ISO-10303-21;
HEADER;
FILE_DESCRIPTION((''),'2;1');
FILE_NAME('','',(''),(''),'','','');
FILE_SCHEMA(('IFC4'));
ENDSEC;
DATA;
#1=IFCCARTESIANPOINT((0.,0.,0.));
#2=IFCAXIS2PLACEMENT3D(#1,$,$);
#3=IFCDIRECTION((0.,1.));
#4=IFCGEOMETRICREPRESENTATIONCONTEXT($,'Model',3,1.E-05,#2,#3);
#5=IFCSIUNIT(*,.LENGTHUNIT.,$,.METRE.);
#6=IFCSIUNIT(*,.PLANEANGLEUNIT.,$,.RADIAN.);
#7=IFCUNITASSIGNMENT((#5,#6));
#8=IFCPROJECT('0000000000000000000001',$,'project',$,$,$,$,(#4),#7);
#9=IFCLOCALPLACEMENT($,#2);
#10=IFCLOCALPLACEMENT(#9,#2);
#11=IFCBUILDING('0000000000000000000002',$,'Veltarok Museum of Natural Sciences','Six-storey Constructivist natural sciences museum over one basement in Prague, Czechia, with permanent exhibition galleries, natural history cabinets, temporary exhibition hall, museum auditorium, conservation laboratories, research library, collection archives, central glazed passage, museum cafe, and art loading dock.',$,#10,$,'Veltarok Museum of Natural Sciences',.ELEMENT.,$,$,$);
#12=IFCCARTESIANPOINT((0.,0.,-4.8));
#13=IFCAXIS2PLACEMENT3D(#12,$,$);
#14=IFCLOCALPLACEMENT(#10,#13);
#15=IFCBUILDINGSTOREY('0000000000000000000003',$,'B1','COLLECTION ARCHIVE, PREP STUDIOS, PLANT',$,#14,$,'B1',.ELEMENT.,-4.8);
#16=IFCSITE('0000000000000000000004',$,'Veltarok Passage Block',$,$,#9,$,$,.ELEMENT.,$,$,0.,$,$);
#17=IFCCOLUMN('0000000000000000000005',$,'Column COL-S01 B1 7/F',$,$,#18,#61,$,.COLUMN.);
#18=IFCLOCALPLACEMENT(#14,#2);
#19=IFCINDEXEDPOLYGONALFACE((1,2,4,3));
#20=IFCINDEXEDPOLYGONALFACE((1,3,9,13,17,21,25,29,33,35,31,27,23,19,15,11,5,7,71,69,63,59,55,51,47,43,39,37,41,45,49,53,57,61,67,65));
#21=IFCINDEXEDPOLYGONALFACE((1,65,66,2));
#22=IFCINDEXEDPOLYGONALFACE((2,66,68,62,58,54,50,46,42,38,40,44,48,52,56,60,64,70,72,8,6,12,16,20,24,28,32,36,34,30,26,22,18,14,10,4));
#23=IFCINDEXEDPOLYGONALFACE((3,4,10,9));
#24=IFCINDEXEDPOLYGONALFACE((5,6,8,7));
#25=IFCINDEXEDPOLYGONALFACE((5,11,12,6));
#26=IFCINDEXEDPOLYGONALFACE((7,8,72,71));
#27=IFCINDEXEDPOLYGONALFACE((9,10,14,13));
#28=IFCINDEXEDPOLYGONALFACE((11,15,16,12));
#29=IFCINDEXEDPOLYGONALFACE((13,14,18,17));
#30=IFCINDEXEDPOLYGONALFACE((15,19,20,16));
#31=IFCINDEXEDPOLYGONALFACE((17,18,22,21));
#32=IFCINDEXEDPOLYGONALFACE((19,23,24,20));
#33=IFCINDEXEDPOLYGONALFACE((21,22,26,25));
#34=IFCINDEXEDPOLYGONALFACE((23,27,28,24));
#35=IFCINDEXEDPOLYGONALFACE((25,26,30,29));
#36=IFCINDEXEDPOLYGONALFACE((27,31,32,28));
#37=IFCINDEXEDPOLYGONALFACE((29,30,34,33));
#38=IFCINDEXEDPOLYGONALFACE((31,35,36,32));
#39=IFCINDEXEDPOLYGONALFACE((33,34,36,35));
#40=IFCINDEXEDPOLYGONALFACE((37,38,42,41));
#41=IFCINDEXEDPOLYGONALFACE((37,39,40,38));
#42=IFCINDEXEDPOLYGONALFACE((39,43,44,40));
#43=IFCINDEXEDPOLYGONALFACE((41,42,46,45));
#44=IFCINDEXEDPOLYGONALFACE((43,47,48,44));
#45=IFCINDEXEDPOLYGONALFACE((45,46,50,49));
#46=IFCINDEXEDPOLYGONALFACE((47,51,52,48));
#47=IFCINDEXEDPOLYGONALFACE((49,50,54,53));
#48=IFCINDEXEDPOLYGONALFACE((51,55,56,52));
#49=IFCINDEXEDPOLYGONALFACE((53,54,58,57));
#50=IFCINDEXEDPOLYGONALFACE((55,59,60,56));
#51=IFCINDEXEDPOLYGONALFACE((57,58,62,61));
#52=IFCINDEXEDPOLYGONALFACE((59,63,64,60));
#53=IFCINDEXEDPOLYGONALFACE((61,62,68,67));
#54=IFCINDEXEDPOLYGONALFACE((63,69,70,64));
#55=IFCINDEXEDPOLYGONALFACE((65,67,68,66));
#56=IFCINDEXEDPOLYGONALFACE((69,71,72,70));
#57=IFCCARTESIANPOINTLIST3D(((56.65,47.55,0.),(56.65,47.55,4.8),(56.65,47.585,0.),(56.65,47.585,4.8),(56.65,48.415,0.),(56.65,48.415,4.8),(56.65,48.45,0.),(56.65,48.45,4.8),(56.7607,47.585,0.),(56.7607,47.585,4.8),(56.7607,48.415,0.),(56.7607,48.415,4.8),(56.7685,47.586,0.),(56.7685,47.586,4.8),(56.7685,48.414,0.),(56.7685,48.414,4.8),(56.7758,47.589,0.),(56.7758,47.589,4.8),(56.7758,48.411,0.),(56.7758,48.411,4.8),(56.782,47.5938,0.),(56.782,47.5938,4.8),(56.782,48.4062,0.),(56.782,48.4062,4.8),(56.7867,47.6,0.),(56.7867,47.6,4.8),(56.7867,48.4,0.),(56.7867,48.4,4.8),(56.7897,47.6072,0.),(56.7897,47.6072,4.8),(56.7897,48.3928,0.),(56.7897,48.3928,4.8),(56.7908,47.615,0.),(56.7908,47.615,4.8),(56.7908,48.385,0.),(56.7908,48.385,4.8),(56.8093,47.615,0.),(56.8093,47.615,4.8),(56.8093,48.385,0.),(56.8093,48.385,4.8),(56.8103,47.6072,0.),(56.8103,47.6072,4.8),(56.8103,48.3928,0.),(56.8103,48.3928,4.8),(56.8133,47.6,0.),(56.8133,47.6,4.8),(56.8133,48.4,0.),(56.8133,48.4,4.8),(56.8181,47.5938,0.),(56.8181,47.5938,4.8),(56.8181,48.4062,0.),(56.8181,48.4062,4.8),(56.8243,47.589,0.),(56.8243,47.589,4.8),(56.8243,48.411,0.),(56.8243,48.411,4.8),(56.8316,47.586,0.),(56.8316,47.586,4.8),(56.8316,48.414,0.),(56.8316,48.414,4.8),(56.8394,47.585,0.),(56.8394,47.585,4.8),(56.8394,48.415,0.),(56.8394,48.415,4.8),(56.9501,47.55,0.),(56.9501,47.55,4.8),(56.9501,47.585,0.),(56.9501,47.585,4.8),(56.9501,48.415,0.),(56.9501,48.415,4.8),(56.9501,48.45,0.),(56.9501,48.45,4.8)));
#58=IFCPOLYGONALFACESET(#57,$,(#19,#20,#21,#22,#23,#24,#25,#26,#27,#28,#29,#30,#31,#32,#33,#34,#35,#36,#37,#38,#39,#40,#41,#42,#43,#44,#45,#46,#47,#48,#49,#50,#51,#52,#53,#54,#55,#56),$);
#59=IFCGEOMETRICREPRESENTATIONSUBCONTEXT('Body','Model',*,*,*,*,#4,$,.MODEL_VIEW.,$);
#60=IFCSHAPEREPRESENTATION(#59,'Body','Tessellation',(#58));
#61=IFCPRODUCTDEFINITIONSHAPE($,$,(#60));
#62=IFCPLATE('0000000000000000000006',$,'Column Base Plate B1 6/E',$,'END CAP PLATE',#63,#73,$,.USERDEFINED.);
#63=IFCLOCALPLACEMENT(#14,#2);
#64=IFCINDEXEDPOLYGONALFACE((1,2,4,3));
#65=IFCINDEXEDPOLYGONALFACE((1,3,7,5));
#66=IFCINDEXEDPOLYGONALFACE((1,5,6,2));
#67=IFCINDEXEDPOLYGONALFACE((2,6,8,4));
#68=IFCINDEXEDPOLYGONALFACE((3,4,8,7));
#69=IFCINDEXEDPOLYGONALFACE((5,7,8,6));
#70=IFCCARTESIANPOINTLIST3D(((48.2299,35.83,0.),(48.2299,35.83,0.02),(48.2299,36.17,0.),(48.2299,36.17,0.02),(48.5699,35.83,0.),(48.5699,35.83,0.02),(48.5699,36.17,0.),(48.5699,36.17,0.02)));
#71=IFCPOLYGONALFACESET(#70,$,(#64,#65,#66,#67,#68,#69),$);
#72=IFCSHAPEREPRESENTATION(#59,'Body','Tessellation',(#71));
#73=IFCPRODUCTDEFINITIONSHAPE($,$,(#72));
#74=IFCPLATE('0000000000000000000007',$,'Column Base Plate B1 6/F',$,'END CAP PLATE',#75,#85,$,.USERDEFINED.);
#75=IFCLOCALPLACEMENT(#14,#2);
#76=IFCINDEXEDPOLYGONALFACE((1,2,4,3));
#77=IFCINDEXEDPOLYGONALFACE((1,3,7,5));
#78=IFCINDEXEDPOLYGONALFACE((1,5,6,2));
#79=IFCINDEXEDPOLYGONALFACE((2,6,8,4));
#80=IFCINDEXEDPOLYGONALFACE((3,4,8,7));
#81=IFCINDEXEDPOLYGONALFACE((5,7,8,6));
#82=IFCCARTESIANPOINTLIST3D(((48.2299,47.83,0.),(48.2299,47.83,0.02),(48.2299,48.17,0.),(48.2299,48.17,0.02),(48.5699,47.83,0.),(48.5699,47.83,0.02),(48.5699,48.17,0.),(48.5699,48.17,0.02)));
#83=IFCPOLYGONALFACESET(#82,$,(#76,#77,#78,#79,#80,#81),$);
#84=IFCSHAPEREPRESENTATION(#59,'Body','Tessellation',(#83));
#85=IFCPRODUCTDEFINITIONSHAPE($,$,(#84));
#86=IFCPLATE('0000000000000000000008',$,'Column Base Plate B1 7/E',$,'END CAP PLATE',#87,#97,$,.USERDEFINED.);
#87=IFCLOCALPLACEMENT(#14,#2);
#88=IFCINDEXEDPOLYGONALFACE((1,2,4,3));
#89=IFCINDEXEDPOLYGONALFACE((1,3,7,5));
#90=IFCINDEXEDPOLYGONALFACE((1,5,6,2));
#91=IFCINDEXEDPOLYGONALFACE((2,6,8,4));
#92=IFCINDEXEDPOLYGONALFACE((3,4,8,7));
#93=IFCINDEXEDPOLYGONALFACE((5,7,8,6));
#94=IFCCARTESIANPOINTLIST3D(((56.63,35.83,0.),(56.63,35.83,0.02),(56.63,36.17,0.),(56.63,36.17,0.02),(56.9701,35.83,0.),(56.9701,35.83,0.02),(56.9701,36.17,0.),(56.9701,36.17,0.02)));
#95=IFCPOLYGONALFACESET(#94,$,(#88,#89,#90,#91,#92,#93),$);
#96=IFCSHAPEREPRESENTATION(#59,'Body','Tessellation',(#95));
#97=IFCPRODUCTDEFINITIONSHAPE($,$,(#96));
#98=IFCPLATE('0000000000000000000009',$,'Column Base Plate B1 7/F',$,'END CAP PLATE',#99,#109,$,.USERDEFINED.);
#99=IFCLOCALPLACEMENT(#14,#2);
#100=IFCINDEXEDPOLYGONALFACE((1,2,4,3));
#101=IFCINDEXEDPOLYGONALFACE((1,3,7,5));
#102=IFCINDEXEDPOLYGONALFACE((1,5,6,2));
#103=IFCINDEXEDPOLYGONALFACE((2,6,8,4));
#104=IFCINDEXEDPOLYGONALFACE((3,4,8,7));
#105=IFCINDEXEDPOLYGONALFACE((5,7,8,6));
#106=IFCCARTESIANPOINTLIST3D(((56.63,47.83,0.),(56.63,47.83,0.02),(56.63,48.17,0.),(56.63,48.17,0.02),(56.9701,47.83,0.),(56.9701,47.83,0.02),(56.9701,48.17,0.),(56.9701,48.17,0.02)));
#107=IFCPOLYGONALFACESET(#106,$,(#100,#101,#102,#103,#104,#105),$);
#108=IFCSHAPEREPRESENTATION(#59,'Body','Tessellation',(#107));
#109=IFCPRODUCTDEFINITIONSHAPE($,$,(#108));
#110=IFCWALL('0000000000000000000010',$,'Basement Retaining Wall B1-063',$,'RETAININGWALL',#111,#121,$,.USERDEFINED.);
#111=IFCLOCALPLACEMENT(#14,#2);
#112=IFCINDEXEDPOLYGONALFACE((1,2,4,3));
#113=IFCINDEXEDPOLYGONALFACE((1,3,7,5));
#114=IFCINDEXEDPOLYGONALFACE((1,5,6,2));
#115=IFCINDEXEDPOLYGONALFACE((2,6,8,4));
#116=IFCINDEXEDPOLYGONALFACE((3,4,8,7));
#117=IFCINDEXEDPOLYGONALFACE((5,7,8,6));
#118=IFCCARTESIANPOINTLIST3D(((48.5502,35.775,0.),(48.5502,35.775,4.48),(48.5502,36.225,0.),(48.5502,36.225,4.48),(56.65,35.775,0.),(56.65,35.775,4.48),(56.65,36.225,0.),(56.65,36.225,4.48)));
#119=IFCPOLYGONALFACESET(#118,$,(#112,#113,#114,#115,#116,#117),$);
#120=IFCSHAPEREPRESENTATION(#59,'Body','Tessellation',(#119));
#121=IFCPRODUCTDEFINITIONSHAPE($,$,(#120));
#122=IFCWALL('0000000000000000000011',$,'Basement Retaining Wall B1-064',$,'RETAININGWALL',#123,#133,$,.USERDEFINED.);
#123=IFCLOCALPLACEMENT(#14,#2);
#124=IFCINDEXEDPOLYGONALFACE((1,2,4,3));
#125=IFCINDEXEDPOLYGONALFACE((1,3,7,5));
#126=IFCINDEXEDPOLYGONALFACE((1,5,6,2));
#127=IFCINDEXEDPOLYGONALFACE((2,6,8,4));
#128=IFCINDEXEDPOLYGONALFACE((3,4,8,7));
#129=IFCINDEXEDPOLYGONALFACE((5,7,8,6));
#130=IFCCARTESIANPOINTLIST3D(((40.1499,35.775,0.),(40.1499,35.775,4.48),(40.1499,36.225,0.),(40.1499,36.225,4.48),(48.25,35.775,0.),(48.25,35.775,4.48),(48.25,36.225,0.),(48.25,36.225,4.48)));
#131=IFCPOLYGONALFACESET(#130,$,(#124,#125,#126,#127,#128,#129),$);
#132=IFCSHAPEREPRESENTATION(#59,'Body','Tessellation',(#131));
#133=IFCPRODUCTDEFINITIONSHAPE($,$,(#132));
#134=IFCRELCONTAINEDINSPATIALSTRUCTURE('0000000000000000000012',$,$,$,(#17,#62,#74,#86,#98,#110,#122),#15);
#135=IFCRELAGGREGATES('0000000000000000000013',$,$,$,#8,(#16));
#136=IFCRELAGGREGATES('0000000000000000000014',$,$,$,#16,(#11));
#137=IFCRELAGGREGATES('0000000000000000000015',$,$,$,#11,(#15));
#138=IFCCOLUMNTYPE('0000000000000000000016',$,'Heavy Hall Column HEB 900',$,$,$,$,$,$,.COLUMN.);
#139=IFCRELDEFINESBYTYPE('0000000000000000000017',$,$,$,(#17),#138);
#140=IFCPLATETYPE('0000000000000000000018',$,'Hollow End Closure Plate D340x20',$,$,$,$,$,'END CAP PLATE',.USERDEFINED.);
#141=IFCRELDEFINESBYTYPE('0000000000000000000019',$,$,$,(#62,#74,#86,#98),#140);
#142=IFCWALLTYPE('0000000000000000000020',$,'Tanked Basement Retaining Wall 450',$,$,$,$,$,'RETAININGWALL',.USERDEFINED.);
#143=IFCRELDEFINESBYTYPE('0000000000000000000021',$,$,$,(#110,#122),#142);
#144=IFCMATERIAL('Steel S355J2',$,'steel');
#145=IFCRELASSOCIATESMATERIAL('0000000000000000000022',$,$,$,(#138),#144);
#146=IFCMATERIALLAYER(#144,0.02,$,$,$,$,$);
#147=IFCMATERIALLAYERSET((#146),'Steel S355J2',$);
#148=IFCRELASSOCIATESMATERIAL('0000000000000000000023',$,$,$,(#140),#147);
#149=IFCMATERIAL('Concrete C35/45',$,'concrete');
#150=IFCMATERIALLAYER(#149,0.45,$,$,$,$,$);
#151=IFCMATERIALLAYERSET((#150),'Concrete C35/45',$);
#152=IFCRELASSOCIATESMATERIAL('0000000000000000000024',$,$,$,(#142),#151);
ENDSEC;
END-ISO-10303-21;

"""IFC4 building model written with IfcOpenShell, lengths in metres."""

from ifc_helpers import new_model, si_unit, direction, frame, frame_2d, origin, origin_2d, place, context, subcontext, project, spatial, rectangle, i_section, extrude, material, layer, layer_set, material_profile, profile_set, type_object, element, save


model = new_model("IFC4")

# Units and contexts
model_context = context("Model", 3, precision=1e-05, world=origin(), true_north=direction((0.0, 1.0)))
body_context = subcontext(model_context, "Body", "Model", "MODEL_VIEW")
ifc_project = project(units=[si_unit("LENGTHUNIT", "METRE"), si_unit("PLANEANGLEUNIT", "RADIAN")], contexts=[model_context])

# Site, building, storey
site_placement = place(None, origin())
site = spatial("IfcSite", under=ifc_project, at=site_placement, Name="Veltarok Passage Block", CompositionType="ELEMENT", RefElevation=0.0)
building_placement = place(site_placement, origin())
building = spatial("IfcBuilding", under=site, at=building_placement, Name="Veltarok Museum of Natural Sciences", Description="Six-storey Constructivist natural sciences museum over one basement in Prague, Czechia, with permanent exhibition galleries, natural history cabinets, temporary exhibition hall, museum auditorium, conservation laboratories, research library, collection archives, central glazed passage, museum cafe, and art loading dock.", LongName="Veltarok Museum of Natural Sciences", CompositionType="ELEMENT")
storey_placement = place(building_placement, frame((0.0, 0.0, -4.8)))
storey = spatial("IfcBuildingStorey", under=building, at=storey_placement, Name="B1", Description="COLLECTION ARCHIVE, PREP STUDIOS, PLANT", LongName="B1", CompositionType="ELEMENT", Elevation=-4.8)

# Shared definitions
ifc_material_1 = material(Name="Concrete C35/45", Category="concrete")

# Column
ifc_material_2 = material(Name="Steel S355J2", Category="steel")
ifc_material_profile_1 = material_profile(ifc_material_2, i_section(OverallWidth=0.3, OverallDepth=0.8999, WebThickness=0.0186, FlangeThickness=0.0349, FilletRadius=0.03, at=origin_2d()), Name="HEB 900")
ifc_profile_set_1 = profile_set([ifc_material_profile_1], Name="Steel S355J2")
column_type = type_object("IfcColumnType", Name="Heavy Hall Column HEB 900", PredefinedType="COLUMN", material=ifc_profile_set_1)
for number, where, z_axis, x_axis, name in (
    (1, (56.8, 48.0, 0.0), (0.0, 0.0, 1.0), (1.0, 0.0, 0.0), "Column COL-S01 B1 7/F"),
):
    element("IfcColumn", number, at=place(storey_placement, frame(where, z_axis=z_axis, x_axis=x_axis)), inside=storey, type_object=column_type, Name=name, PredefinedType="COLUMN", context=body_context, shape_type="SweptSolid", body=[
        extrude(i_section(OverallWidth=0.3, OverallDepth=0.8999, WebThickness=0.0186, FlangeThickness=0.0349, FilletRadius=0.03, at=origin_2d()), origin(), (0.0, 0.0, 1.0), 4.8),
    ])

# Plates
ifc_layer_1 = layer(ifc_material_2, 0.02)
ifc_layer_set_1 = layer_set([ifc_layer_1], Name="Steel S355J2")
plate_type = type_object("IfcPlateType", Name="Hollow End Closure Plate D340x20", ElementType="END CAP PLATE", PredefinedType="USERDEFINED", material=ifc_layer_set_1)
for number, where, z_axis, x_axis, name in (
    (2, (48.3999, 36.0, 0.0), (0.0, 0.0, 1.0), (1.0, 0.0, 0.0), "Column Base Plate B1 6/E"),
    (3, (48.3999, 48.0, 0.0), (0.0, 0.0, 1.0), (1.0, 0.0, 0.0), "Column Base Plate B1 6/F"),
    (4, (56.8, 36.0, 0.0), (0.0, 0.0, 1.0), (1.0, 0.0, 0.0), "Column Base Plate B1 7/E"),
    (5, (56.8, 48.0, 0.0), (0.0, 0.0, 1.0), (1.0, 0.0, 0.0), "Column Base Plate B1 7/F"),
):
    element("IfcPlate", number, at=place(storey_placement, frame(where, z_axis=z_axis, x_axis=x_axis)), inside=storey, type_object=plate_type, Name=name, ObjectType="END CAP PLATE", PredefinedType="USERDEFINED", context=body_context, shape_type="SweptSolid", body=[
        extrude(rectangle(XDim=0.3401, YDim=0.3401, at=origin_2d()), origin(), (0.0, 0.0, 1.0), 0.02),
    ])

# Walls
ifc_layer_2 = layer(ifc_material_1, 0.45)
ifc_layer_set_2 = layer_set([ifc_layer_2], Name="Concrete C35/45")
wall_type = type_object("IfcWallType", Name="Tanked Basement Retaining Wall 450", ElementType="RETAININGWALL", PredefinedType="USERDEFINED", material=ifc_layer_set_2)
wall_1_placement = place(storey_placement, frame((56.6499, 36.0, 0.0), z_axis=(0.0, 0.0, 1.0), x_axis=(-1.0, 0.0, 0.0)))
element("IfcWall", 6, at=wall_1_placement, inside=storey, type_object=wall_type, Name="Basement Retaining Wall B1-063", ObjectType="RETAININGWALL", PredefinedType="USERDEFINED", context=body_context, shape_type="SweptSolid", body=[
    extrude(rectangle(XDim=8.0999, YDim=0.45, at=frame_2d((4.0498, 0.0))), origin(), (0.0, 0.0, 1.0), 4.48),
])
wall_2_placement = place(storey_placement, frame((48.25, 36.0, 0.0), z_axis=(0.0, 0.0, 1.0), x_axis=(-1.0, 0.0, 0.0)))
element("IfcWall", 7, at=wall_2_placement, inside=storey, type_object=wall_type, Name="Basement Retaining Wall B1-064", ObjectType="RETAININGWALL", PredefinedType="USERDEFINED", context=body_context, shape_type="SweptSolid", body=[
    extrude(rectangle(XDim=8.1001, YDim=0.45, at=frame_2d((4.05, 0.0))), origin(), (0.0, 0.0, 1.0), 4.48),
])

save(model, "model.ifc")
